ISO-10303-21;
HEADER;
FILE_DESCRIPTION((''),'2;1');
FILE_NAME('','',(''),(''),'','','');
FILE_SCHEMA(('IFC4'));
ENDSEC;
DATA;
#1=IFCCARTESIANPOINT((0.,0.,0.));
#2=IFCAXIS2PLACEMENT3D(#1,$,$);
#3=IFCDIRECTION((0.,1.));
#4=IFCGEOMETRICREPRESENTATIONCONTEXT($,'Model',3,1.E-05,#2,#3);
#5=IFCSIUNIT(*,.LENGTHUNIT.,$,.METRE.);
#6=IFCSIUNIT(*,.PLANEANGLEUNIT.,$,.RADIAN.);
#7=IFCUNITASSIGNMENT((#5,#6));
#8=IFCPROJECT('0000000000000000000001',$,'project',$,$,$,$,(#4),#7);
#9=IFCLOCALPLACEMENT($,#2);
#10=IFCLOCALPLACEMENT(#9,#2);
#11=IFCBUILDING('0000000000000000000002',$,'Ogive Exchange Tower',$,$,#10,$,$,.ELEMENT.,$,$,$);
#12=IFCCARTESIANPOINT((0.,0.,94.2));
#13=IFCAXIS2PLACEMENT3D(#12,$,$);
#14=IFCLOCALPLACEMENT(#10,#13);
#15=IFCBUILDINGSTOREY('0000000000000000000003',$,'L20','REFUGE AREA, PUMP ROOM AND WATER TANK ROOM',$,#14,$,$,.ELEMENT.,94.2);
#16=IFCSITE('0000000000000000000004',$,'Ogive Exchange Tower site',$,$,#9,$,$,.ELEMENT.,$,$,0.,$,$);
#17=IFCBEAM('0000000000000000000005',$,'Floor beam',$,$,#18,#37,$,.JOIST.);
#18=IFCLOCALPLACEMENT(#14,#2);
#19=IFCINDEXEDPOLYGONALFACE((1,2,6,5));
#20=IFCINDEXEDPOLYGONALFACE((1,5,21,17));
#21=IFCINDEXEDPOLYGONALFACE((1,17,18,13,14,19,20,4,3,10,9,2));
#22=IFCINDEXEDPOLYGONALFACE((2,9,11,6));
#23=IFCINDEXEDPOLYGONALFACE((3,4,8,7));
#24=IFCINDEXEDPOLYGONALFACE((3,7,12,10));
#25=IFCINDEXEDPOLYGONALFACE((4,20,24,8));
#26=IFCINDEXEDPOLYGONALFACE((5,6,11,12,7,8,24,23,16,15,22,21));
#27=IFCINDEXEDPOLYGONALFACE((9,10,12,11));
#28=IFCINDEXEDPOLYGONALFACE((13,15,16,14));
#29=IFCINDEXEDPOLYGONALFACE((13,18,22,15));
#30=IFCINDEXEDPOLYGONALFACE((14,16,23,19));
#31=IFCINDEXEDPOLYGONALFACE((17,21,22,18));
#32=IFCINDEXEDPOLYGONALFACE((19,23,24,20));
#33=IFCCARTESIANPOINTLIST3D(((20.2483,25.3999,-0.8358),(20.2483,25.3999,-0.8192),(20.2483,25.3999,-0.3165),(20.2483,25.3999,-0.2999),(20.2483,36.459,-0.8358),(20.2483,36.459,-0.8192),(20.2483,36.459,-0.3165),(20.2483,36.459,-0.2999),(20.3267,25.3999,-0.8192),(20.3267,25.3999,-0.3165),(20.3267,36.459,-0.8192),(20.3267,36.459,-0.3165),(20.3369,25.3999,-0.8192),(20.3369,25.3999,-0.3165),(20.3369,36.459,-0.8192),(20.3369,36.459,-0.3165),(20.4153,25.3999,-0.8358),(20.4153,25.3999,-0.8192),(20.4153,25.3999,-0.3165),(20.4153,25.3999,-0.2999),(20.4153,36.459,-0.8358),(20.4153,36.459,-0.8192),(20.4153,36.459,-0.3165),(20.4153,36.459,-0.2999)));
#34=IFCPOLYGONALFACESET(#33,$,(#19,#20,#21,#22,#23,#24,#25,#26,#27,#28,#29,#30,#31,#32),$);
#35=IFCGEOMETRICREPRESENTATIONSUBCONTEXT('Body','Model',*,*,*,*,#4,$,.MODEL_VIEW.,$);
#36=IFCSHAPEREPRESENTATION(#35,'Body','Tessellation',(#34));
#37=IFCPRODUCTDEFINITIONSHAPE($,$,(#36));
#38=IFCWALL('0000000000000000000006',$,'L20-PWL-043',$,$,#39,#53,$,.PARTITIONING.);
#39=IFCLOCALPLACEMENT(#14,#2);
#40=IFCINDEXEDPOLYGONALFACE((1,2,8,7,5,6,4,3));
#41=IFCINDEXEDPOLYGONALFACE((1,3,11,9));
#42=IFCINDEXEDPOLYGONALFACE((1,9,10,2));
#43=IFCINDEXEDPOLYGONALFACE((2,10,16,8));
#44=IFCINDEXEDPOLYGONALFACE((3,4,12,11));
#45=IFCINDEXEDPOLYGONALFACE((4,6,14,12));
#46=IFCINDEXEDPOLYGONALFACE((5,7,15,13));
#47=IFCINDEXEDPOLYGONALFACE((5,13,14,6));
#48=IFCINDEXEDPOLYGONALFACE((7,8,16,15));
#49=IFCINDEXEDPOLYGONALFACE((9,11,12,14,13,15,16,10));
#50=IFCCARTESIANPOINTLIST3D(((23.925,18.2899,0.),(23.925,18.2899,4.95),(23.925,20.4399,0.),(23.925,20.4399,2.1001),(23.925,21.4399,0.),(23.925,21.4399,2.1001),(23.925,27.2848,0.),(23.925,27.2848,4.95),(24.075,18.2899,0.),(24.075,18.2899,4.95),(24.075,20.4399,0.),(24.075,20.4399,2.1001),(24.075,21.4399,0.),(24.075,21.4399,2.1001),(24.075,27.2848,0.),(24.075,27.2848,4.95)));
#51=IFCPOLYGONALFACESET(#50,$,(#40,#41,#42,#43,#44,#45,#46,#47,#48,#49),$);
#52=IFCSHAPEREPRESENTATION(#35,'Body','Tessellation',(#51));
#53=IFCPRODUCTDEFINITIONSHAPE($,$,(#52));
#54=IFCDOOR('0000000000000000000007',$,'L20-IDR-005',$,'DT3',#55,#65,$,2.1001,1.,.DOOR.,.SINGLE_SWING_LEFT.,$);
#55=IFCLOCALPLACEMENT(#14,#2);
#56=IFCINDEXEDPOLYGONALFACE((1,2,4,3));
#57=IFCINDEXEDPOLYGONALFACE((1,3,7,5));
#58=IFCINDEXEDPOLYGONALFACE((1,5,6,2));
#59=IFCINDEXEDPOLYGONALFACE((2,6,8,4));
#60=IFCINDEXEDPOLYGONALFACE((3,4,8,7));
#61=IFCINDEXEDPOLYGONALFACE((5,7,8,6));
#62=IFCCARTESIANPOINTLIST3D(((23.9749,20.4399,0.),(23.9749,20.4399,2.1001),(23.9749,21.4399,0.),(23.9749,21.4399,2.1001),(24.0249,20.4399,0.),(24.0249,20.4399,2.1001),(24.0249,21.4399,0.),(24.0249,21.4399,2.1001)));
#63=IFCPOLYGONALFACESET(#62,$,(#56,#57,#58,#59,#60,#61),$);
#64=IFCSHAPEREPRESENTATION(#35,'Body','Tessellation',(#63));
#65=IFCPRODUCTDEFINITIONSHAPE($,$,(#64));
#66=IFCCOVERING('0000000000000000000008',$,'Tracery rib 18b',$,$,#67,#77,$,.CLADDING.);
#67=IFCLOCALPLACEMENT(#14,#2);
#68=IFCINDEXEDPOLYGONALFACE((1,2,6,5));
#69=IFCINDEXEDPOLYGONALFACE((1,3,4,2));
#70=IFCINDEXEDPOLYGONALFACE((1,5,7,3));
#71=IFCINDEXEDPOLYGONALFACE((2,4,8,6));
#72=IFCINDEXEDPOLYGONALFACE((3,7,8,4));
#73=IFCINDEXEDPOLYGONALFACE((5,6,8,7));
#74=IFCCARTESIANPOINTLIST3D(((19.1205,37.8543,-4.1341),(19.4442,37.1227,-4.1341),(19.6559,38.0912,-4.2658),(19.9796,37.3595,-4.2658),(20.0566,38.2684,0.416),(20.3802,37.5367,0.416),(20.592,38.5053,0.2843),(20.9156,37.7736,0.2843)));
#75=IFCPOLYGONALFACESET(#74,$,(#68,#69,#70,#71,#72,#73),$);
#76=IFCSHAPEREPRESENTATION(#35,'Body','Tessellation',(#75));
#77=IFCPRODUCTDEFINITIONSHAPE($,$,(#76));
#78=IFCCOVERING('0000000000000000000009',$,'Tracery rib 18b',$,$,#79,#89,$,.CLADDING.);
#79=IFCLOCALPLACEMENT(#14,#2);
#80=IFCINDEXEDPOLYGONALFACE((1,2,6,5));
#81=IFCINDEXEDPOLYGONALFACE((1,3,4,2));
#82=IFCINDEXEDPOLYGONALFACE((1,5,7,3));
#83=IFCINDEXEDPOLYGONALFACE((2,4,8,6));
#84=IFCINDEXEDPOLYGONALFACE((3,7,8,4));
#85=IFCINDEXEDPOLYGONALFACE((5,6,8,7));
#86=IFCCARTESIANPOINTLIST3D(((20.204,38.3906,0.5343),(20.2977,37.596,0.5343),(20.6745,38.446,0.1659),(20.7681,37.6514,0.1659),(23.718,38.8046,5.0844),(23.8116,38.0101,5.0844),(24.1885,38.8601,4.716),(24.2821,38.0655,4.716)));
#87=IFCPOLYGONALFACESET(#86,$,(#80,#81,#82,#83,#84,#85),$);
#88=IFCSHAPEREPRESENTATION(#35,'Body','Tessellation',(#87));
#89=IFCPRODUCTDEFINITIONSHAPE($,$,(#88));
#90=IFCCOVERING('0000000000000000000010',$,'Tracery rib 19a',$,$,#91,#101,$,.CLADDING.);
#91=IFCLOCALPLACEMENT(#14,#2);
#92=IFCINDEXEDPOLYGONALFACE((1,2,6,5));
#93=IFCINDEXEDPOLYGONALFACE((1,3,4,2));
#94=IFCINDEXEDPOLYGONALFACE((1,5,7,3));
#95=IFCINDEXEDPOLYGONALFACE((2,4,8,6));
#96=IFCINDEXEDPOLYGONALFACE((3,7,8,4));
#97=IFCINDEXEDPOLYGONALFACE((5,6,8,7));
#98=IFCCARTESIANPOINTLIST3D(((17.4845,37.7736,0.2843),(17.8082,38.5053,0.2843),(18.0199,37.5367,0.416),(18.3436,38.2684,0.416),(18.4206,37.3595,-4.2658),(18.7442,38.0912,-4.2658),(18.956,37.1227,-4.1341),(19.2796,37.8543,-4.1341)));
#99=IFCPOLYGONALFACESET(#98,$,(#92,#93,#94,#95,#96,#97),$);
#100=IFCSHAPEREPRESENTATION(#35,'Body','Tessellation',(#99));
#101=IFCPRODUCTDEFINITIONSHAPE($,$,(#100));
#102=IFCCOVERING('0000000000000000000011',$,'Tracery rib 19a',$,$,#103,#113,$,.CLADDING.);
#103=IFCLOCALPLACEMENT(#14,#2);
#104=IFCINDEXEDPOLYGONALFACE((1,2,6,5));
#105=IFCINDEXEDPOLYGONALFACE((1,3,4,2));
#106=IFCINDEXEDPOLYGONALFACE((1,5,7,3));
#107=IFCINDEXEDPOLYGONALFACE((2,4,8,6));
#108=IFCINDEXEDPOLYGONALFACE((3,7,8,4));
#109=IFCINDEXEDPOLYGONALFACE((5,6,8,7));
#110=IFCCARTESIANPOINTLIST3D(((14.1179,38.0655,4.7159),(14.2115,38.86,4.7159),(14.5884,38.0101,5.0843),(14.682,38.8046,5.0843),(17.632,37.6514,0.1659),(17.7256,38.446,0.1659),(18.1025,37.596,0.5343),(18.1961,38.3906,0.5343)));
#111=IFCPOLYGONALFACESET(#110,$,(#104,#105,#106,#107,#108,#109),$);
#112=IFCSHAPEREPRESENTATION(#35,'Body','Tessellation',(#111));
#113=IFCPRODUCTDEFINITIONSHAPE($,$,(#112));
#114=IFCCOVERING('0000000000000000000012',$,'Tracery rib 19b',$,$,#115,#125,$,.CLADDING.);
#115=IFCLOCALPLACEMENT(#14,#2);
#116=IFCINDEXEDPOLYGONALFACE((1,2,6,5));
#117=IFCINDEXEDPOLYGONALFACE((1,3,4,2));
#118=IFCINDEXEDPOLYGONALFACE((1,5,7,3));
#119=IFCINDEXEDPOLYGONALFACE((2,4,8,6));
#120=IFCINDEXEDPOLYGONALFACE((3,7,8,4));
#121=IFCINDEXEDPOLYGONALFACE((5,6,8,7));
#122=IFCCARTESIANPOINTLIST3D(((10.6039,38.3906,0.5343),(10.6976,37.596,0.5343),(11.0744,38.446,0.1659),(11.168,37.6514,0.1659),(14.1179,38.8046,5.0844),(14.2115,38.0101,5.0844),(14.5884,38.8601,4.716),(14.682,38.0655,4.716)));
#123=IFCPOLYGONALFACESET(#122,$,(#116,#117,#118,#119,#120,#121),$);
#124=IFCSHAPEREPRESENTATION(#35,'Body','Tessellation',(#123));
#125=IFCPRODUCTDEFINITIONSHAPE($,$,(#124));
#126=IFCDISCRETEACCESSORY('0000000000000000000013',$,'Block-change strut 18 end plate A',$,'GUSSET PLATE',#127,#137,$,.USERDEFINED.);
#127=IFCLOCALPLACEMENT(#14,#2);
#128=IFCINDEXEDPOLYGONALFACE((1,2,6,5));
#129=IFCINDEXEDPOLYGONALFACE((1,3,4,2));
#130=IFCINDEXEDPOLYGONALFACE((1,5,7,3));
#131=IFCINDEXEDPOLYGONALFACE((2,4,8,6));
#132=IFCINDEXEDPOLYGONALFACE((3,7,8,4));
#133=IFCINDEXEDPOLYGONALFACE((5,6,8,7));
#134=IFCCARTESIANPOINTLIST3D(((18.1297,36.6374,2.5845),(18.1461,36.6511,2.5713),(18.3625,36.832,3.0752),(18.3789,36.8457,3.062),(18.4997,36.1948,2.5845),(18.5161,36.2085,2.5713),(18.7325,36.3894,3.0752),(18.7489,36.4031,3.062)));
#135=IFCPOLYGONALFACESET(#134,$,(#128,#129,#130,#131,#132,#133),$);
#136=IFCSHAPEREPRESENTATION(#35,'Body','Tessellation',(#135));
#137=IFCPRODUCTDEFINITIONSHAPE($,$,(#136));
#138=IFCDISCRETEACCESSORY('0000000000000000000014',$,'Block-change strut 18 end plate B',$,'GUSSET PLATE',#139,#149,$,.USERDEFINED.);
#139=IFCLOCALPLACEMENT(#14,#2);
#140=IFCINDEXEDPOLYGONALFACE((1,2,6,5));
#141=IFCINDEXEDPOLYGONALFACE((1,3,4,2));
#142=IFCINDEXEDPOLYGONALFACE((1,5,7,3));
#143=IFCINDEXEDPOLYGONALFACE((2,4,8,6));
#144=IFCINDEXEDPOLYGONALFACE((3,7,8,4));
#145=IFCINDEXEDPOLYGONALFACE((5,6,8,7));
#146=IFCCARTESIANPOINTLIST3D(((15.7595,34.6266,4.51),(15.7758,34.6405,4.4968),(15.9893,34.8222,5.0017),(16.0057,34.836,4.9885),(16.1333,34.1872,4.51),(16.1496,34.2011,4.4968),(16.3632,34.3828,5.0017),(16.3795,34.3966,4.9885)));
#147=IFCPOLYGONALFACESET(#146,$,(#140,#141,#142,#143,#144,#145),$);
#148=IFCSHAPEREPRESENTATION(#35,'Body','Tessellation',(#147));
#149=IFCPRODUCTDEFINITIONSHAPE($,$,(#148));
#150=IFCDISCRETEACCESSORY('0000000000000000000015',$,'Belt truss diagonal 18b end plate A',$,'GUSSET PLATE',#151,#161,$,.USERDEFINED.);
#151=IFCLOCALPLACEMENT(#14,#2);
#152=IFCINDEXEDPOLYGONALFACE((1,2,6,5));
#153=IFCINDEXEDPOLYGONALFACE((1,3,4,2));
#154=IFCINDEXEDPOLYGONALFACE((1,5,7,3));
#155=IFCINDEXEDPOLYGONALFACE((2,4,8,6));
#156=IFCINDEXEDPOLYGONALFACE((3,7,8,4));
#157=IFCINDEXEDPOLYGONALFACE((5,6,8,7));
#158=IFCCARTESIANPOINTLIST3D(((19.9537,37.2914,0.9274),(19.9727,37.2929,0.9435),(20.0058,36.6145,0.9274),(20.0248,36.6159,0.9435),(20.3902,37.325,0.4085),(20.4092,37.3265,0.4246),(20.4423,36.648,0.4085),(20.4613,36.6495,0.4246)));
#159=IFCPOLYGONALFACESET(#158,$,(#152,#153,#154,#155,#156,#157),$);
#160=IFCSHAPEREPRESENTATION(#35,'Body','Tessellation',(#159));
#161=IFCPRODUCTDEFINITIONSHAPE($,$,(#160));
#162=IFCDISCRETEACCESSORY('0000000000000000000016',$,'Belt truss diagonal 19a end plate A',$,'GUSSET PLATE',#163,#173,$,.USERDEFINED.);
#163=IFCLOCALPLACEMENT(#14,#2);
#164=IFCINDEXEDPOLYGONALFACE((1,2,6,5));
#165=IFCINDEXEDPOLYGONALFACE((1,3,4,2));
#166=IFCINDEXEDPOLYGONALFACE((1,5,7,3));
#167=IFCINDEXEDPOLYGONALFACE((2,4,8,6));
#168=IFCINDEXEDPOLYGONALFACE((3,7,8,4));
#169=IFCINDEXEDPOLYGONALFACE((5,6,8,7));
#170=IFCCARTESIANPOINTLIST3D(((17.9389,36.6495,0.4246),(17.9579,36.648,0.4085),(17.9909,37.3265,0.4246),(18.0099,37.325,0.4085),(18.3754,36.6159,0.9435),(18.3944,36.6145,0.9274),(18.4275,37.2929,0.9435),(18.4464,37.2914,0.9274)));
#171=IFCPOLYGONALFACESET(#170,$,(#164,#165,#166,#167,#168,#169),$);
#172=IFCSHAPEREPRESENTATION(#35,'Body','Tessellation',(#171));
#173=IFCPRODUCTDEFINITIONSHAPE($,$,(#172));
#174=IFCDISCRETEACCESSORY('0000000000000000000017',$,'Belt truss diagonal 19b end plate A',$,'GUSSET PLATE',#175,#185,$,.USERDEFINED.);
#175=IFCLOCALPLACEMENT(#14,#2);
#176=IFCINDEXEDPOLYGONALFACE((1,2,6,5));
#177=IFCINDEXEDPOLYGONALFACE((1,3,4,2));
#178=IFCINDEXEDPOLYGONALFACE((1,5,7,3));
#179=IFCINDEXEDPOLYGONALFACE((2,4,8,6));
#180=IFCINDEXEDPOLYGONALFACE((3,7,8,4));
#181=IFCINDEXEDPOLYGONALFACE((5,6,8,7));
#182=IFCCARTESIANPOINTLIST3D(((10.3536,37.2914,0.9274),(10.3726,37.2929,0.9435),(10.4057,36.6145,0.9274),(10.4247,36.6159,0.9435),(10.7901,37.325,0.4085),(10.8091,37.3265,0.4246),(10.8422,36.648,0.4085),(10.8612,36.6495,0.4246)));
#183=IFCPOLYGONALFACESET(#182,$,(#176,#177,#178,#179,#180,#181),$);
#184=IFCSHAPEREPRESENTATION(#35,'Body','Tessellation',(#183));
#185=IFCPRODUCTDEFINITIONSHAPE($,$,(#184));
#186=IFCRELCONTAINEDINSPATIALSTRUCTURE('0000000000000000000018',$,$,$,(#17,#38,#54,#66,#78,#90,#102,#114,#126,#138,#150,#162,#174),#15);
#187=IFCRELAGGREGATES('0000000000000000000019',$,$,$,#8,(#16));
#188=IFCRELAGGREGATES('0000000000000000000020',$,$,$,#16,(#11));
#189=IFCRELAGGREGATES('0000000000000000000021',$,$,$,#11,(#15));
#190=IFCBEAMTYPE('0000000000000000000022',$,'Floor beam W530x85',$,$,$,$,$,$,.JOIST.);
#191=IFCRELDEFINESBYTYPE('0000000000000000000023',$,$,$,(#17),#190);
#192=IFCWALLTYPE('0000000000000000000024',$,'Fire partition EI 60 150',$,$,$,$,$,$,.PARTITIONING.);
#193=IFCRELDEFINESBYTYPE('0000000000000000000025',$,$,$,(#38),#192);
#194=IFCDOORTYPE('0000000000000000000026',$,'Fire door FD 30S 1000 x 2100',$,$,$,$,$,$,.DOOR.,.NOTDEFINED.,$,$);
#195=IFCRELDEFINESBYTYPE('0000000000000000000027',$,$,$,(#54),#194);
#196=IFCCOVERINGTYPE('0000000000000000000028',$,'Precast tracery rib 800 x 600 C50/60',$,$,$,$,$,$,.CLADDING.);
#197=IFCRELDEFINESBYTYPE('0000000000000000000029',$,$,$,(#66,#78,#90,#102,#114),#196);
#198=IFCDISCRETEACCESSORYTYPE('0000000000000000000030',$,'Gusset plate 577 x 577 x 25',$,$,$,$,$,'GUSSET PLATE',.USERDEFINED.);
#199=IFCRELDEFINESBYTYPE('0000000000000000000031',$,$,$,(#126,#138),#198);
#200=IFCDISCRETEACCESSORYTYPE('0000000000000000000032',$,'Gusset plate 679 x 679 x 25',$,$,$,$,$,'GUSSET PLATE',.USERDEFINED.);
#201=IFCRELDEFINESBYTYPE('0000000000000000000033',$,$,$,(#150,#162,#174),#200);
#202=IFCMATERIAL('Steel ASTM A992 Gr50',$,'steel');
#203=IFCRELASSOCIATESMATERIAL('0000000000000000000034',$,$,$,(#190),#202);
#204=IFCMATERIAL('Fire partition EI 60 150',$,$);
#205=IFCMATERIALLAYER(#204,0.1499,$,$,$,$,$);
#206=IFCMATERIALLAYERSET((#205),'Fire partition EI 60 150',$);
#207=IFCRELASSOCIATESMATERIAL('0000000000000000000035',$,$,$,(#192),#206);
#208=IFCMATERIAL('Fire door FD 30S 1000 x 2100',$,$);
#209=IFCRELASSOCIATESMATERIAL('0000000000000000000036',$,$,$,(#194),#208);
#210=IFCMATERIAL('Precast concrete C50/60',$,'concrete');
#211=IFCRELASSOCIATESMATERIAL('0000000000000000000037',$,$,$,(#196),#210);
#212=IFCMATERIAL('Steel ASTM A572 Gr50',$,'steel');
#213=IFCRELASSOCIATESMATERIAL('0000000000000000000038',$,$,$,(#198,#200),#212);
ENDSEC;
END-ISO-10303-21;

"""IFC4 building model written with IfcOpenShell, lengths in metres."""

from ifc_helpers import new_model, si_unit, direction, frame, frame_2d, origin, origin_2d, place, context, subcontext, project, spatial, rectangle, i_section, extrude, material, layer, layer_set, material_profile, profile_set, type_object, element, fill, save


model = new_model("IFC4")

# Units and contexts
model_context = context("Model", 3, precision=1e-05, world=origin(), true_north=direction((0.0, 1.0)))
body_context = subcontext(model_context, "Body", "Model", "MODEL_VIEW")
ifc_project = project(units=[si_unit("LENGTHUNIT", "METRE"), si_unit("PLANEANGLEUNIT", "RADIAN")], contexts=[model_context])

# Site, building, storey
site_placement = place(None, origin())
site = spatial("IfcSite", under=ifc_project, at=site_placement, Name="Ogive Exchange Tower site", CompositionType="ELEMENT", RefElevation=0.0)
building_placement = place(site_placement, origin())
building = spatial("IfcBuilding", under=site, at=building_placement, Name="Ogive Exchange Tower", CompositionType="ELEMENT")
storey_placement = place(building_placement, frame((0.0, 0.0, 94.2)))
storey = spatial("IfcBuildingStorey", under=building, at=storey_placement, Name="L20", Description="REFUGE AREA, PUMP ROOM AND WATER TANK ROOM", CompositionType="ELEMENT", Elevation=94.2)

# Shared definitions
ifc_material_1 = material(Name="Steel ASTM A992 Gr50", Category="steel")

# Beam
ifc_material_profile_1 = material_profile(ifc_material_1, i_section(OverallWidth=0.167, OverallDepth=0.5359, WebThickness=0.0103, FlangeThickness=0.0166, at=origin_2d()), Name="W530x85")
ifc_profile_set_1 = profile_set([ifc_material_profile_1], Name="Steel ASTM A992 Gr50")
beam_type_1 = type_object("IfcBeamType", Name="Floor beam W530x85", PredefinedType="JOIST", material=ifc_profile_set_1)
for number, where, z_axis, x_axis, name in (
    (1, (20.3318, 25.3999, -0.5679), (0.0, 1.0, 0.0), (-1.0, 0.0, 0.0), "Floor beam"),
):
    element("IfcBeam", number, at=place(storey_placement, frame(where, z_axis=z_axis, x_axis=x_axis)), inside=storey, type_object=beam_type_1, Name=name, PredefinedType="JOIST", context=body_context, shape_type="SweptSolid", body=[
        extrude(i_section(OverallWidth=0.167, OverallDepth=0.5359, WebThickness=0.0103, FlangeThickness=0.0166, at=origin_2d()), origin(), (0.0, 0.0, 1.0), 11.0591),
    ])

# Wall, opening, door
ifc_material_2 = material(Name="Fire partition EI 60 150")
ifc_layer = layer(ifc_material_2, 0.1499)
ifc_layer_set = layer_set([ifc_layer], Name="Fire partition EI 60 150")
wall_type = type_object("IfcWallType", Name="Fire partition EI 60 150", PredefinedType="PARTITIONING", material=ifc_layer_set)
wall_placement = place(storey_placement, frame((24.0, 27.2849, 0.0), z_axis=(0.0, 0.0, 1.0), x_axis=(0.0, -1.0, 0.0)))
wall = element("IfcWall", 2, at=wall_placement, inside=storey, type_object=wall_type, Name="L20-PWL-043", PredefinedType="PARTITIONING", context=body_context, shape_type="SweptSolid", body=[
    extrude(rectangle(XDim=8.9949, YDim=0.1499, at=frame_2d((4.4976, 0.0))), origin(), (0.0, 0.0, 1.0), 4.95),
])
opening_placement = place(wall_placement, frame((5.845, 0.0, 0.0)))
opening = element("IfcOpeningElement", 3, at=opening_placement, cuts=wall, PredefinedType="OPENING", context=body_context, shape_type="SweptSolid", body=[
    extrude(rectangle(XDim=1.0, YDim=2.1001, at=frame_2d((0.5, 1.05))), frame((0.0, 0.085, 0.0), z_axis=(0.0, -1.0, 0.0), x_axis=(1.0, 0.0, 0.0)), (0.0, 0.0, 1.0), 0.1699),
])
ifc_material_3 = material(Name="Fire door FD 30S 1000 x 2100")
door_type = type_object("IfcDoorType", Name="Fire door FD 30S 1000 x 2100", OperationType="NOTDEFINED", PredefinedType="DOOR", material=ifc_material_3)
door_placement = place(opening_placement, origin())
door = element("IfcDoor", 4, at=door_placement, inside=storey, type_object=door_type, Name="L20-IDR-005", ObjectType="DT3", OperationType="SINGLE_SWING_LEFT", OverallHeight=2.1001, OverallWidth=1.0, PredefinedType="DOOR", context=body_context, shape_type="SweptSolid", body=[
    extrude(rectangle(XDim=1.0, YDim=2.1001, at=frame_2d((0.5, 1.05))), frame((0.0, 0.0249, 0.0), z_axis=(0.0, -1.0, 0.0), x_axis=(1.0, 0.0, 0.0)), (0.0, 0.0, 1.0), 0.05),
])
fill(opening, door)

# Coverings
ifc_material_4 = material(Name="Precast concrete C50/60", Category="concrete")
ifc_material_profile_2 = material_profile(ifc_material_4, rectangle(XDim=0.8, YDim=0.6001, at=origin_2d()), Name="RIB 800 x 600")
ifc_profile_set_2 = profile_set([ifc_material_profile_2], Name="Precast concrete C50/60")
covering_type = type_object("IfcCoveringType", Name="Precast tracery rib 800 x 600 C50/60", PredefinedType="CLADDING", material=ifc_profile_set_2)
covering_1_placement = place(storey_placement, frame((19.55, 37.6069, -4.2), z_axis=(0.200704, 0.088783, 0.97562), x_axis=(-0.404544, 0.914518, 0.0)))
element("IfcCovering", 5, at=covering_1_placement, inside=storey, type_object=covering_type, Name="Tracery rib 18b", PredefinedType="CLADDING", context=body_context, shape_type="SweptSolid", body=[
    extrude(rectangle(XDim=0.8, YDim=0.6001, at=origin_2d()), origin(), (0.0, 0.0, 1.0), 4.6638),
])
covering_2_placement = place(storey_placement, frame((20.4861, 38.021, 0.3501), z_axis=(0.609647, 0.071838, 0.789411), x_axis=(-0.117025, 0.993129, 0.0)))
element("IfcCovering", 6, at=covering_2_placement, inside=storey, type_object=covering_type, Name="Tracery rib 18b", PredefinedType="CLADDING", context=body_context, shape_type="SweptSolid", body=[
    extrude(rectangle(XDim=0.8, YDim=0.6001, at=origin_2d()), origin(), (0.0, 0.0, 1.0), 5.7639),
])
covering_3_placement = place(storey_placement, frame((18.8501, 37.6069, -4.2), z_axis=(-0.200704, 0.088783, 0.97562), x_axis=(-0.404544, -0.914518, 0.0)))
element("IfcCovering", 7, at=covering_3_placement, inside=storey, type_object=covering_type, Name="Tracery rib 19a", PredefinedType="CLADDING", context=body_context, shape_type="SweptSolid", body=[
    extrude(rectangle(XDim=0.8, YDim=0.6001, at=origin_2d()), origin(), (0.0, 0.0, 1.0), 4.6638),
])
for number, where, z_axis, x_axis, name in (
    (8, (17.9141, 38.021, 0.3501), (-0.609674, 0.071836, 0.789391), (-0.117017, -0.99313, 0.0), "Tracery rib 19a"),
    (9, (10.886, 38.021, 0.3501), (0.609647, 0.071838, 0.789411), (-0.117025, 0.993129, 0.0), "Tracery rib 19b"),
):
    element("IfcCovering", number, at=place(storey_placement, frame(where, z_axis=z_axis, x_axis=x_axis)), inside=storey, type_object=covering_type, Name=name, PredefinedType="CLADDING", context=body_context, shape_type="SweptSolid", body=[
        extrude(rectangle(XDim=0.8, YDim=0.6001, at=origin_2d()), origin(), (0.0, 0.0, 1.0), 5.7639),
    ])

# Discrete accessories
ifc_material_5 = material(Name="Steel ASTM A572 Gr50", Category="steel")
ifc_material_profile_3 = material_profile(ifc_material_5, rectangle(XDim=0.5769, YDim=0.5769, at=origin_2d()), Name="PL 577 x 577 x 25")
ifc_profile_set_3 = profile_set([ifc_material_profile_3], Name="Steel ASTM A572 Gr50")
discrete_accessory_type_1 = type_object("IfcDiscreteAccessoryType", Name="Gusset plate 577 x 577 x 25", ElementType="GUSSET PLATE", PredefinedType="USERDEFINED", material=ifc_profile_set_3)
for number, where, z_axis, x_axis, name in (
    (10, (18.4475, 36.5271, 2.8167), (-0.65258, -0.54544, 0.52596), (0.64131, -0.767282, 0.0), "Block-change strut 18 end plate A"),
    (11, (16.0776, 34.5186, 4.7427), (-0.64911, -0.552228, 0.523163), (0.647978, -0.761659, 0.0), "Block-change strut 18 end plate B"),
):
    element("IfcDiscreteAccessory", number, at=place(storey_placement, frame(where, z_axis=z_axis, x_axis=x_axis)), inside=storey, type_object=discrete_accessory_type_1, Name=name, ObjectType="GUSSET PLATE", PredefinedType="USERDEFINED", context=body_context, shape_type="SweptSolid", body=[
        extrude(rectangle(XDim=0.5769, YDim=0.5769, at=origin_2d()), origin(), (0.0, 0.0, 1.0), 0.0251),
    ])
ifc_material_profile_4 = material_profile(ifc_material_5, rectangle(XDim=0.679, YDim=0.679, at=origin_2d()), Name="PL 679 x 679 x 25")
ifc_profile_set_4 = profile_set([ifc_material_profile_4], Name="Steel ASTM A572 Gr50")
discrete_accessory_type_2 = type_object("IfcDiscreteAccessoryType", Name="Gusset plate 679 x 679 x 25", ElementType="GUSSET PLATE", PredefinedType="USERDEFINED", material=ifc_profile_set_4)
for number, where, z_axis, x_axis, name in (
    (12, (20.198, 36.9697, 0.668), (0.762073, 0.058621, 0.644831), (-0.076696, 0.997054, 0.0), "Belt truss diagonal 18b end plate A"),
    (13, (18.2021, 36.9697, 0.668), (-0.762073, 0.058621, 0.644831), (-0.076696, -0.997054, 0.0), "Belt truss diagonal 19a end plate A"),
    (14, (10.5979, 36.9697, 0.668), (0.762073, 0.058621, 0.644831), (-0.076696, 0.997054, 0.0), "Belt truss diagonal 19b end plate A"),
):
    element("IfcDiscreteAccessory", number, at=place(storey_placement, frame(where, z_axis=z_axis, x_axis=x_axis)), inside=storey, type_object=discrete_accessory_type_2, Name=name, ObjectType="GUSSET PLATE", PredefinedType="USERDEFINED", context=body_context, shape_type="SweptSolid", body=[
        extrude(rectangle(XDim=0.679, YDim=0.679, at=origin_2d()), origin(), (0.0, 0.0, 1.0), 0.0249),
    ])

save(model, "model.ifc")
